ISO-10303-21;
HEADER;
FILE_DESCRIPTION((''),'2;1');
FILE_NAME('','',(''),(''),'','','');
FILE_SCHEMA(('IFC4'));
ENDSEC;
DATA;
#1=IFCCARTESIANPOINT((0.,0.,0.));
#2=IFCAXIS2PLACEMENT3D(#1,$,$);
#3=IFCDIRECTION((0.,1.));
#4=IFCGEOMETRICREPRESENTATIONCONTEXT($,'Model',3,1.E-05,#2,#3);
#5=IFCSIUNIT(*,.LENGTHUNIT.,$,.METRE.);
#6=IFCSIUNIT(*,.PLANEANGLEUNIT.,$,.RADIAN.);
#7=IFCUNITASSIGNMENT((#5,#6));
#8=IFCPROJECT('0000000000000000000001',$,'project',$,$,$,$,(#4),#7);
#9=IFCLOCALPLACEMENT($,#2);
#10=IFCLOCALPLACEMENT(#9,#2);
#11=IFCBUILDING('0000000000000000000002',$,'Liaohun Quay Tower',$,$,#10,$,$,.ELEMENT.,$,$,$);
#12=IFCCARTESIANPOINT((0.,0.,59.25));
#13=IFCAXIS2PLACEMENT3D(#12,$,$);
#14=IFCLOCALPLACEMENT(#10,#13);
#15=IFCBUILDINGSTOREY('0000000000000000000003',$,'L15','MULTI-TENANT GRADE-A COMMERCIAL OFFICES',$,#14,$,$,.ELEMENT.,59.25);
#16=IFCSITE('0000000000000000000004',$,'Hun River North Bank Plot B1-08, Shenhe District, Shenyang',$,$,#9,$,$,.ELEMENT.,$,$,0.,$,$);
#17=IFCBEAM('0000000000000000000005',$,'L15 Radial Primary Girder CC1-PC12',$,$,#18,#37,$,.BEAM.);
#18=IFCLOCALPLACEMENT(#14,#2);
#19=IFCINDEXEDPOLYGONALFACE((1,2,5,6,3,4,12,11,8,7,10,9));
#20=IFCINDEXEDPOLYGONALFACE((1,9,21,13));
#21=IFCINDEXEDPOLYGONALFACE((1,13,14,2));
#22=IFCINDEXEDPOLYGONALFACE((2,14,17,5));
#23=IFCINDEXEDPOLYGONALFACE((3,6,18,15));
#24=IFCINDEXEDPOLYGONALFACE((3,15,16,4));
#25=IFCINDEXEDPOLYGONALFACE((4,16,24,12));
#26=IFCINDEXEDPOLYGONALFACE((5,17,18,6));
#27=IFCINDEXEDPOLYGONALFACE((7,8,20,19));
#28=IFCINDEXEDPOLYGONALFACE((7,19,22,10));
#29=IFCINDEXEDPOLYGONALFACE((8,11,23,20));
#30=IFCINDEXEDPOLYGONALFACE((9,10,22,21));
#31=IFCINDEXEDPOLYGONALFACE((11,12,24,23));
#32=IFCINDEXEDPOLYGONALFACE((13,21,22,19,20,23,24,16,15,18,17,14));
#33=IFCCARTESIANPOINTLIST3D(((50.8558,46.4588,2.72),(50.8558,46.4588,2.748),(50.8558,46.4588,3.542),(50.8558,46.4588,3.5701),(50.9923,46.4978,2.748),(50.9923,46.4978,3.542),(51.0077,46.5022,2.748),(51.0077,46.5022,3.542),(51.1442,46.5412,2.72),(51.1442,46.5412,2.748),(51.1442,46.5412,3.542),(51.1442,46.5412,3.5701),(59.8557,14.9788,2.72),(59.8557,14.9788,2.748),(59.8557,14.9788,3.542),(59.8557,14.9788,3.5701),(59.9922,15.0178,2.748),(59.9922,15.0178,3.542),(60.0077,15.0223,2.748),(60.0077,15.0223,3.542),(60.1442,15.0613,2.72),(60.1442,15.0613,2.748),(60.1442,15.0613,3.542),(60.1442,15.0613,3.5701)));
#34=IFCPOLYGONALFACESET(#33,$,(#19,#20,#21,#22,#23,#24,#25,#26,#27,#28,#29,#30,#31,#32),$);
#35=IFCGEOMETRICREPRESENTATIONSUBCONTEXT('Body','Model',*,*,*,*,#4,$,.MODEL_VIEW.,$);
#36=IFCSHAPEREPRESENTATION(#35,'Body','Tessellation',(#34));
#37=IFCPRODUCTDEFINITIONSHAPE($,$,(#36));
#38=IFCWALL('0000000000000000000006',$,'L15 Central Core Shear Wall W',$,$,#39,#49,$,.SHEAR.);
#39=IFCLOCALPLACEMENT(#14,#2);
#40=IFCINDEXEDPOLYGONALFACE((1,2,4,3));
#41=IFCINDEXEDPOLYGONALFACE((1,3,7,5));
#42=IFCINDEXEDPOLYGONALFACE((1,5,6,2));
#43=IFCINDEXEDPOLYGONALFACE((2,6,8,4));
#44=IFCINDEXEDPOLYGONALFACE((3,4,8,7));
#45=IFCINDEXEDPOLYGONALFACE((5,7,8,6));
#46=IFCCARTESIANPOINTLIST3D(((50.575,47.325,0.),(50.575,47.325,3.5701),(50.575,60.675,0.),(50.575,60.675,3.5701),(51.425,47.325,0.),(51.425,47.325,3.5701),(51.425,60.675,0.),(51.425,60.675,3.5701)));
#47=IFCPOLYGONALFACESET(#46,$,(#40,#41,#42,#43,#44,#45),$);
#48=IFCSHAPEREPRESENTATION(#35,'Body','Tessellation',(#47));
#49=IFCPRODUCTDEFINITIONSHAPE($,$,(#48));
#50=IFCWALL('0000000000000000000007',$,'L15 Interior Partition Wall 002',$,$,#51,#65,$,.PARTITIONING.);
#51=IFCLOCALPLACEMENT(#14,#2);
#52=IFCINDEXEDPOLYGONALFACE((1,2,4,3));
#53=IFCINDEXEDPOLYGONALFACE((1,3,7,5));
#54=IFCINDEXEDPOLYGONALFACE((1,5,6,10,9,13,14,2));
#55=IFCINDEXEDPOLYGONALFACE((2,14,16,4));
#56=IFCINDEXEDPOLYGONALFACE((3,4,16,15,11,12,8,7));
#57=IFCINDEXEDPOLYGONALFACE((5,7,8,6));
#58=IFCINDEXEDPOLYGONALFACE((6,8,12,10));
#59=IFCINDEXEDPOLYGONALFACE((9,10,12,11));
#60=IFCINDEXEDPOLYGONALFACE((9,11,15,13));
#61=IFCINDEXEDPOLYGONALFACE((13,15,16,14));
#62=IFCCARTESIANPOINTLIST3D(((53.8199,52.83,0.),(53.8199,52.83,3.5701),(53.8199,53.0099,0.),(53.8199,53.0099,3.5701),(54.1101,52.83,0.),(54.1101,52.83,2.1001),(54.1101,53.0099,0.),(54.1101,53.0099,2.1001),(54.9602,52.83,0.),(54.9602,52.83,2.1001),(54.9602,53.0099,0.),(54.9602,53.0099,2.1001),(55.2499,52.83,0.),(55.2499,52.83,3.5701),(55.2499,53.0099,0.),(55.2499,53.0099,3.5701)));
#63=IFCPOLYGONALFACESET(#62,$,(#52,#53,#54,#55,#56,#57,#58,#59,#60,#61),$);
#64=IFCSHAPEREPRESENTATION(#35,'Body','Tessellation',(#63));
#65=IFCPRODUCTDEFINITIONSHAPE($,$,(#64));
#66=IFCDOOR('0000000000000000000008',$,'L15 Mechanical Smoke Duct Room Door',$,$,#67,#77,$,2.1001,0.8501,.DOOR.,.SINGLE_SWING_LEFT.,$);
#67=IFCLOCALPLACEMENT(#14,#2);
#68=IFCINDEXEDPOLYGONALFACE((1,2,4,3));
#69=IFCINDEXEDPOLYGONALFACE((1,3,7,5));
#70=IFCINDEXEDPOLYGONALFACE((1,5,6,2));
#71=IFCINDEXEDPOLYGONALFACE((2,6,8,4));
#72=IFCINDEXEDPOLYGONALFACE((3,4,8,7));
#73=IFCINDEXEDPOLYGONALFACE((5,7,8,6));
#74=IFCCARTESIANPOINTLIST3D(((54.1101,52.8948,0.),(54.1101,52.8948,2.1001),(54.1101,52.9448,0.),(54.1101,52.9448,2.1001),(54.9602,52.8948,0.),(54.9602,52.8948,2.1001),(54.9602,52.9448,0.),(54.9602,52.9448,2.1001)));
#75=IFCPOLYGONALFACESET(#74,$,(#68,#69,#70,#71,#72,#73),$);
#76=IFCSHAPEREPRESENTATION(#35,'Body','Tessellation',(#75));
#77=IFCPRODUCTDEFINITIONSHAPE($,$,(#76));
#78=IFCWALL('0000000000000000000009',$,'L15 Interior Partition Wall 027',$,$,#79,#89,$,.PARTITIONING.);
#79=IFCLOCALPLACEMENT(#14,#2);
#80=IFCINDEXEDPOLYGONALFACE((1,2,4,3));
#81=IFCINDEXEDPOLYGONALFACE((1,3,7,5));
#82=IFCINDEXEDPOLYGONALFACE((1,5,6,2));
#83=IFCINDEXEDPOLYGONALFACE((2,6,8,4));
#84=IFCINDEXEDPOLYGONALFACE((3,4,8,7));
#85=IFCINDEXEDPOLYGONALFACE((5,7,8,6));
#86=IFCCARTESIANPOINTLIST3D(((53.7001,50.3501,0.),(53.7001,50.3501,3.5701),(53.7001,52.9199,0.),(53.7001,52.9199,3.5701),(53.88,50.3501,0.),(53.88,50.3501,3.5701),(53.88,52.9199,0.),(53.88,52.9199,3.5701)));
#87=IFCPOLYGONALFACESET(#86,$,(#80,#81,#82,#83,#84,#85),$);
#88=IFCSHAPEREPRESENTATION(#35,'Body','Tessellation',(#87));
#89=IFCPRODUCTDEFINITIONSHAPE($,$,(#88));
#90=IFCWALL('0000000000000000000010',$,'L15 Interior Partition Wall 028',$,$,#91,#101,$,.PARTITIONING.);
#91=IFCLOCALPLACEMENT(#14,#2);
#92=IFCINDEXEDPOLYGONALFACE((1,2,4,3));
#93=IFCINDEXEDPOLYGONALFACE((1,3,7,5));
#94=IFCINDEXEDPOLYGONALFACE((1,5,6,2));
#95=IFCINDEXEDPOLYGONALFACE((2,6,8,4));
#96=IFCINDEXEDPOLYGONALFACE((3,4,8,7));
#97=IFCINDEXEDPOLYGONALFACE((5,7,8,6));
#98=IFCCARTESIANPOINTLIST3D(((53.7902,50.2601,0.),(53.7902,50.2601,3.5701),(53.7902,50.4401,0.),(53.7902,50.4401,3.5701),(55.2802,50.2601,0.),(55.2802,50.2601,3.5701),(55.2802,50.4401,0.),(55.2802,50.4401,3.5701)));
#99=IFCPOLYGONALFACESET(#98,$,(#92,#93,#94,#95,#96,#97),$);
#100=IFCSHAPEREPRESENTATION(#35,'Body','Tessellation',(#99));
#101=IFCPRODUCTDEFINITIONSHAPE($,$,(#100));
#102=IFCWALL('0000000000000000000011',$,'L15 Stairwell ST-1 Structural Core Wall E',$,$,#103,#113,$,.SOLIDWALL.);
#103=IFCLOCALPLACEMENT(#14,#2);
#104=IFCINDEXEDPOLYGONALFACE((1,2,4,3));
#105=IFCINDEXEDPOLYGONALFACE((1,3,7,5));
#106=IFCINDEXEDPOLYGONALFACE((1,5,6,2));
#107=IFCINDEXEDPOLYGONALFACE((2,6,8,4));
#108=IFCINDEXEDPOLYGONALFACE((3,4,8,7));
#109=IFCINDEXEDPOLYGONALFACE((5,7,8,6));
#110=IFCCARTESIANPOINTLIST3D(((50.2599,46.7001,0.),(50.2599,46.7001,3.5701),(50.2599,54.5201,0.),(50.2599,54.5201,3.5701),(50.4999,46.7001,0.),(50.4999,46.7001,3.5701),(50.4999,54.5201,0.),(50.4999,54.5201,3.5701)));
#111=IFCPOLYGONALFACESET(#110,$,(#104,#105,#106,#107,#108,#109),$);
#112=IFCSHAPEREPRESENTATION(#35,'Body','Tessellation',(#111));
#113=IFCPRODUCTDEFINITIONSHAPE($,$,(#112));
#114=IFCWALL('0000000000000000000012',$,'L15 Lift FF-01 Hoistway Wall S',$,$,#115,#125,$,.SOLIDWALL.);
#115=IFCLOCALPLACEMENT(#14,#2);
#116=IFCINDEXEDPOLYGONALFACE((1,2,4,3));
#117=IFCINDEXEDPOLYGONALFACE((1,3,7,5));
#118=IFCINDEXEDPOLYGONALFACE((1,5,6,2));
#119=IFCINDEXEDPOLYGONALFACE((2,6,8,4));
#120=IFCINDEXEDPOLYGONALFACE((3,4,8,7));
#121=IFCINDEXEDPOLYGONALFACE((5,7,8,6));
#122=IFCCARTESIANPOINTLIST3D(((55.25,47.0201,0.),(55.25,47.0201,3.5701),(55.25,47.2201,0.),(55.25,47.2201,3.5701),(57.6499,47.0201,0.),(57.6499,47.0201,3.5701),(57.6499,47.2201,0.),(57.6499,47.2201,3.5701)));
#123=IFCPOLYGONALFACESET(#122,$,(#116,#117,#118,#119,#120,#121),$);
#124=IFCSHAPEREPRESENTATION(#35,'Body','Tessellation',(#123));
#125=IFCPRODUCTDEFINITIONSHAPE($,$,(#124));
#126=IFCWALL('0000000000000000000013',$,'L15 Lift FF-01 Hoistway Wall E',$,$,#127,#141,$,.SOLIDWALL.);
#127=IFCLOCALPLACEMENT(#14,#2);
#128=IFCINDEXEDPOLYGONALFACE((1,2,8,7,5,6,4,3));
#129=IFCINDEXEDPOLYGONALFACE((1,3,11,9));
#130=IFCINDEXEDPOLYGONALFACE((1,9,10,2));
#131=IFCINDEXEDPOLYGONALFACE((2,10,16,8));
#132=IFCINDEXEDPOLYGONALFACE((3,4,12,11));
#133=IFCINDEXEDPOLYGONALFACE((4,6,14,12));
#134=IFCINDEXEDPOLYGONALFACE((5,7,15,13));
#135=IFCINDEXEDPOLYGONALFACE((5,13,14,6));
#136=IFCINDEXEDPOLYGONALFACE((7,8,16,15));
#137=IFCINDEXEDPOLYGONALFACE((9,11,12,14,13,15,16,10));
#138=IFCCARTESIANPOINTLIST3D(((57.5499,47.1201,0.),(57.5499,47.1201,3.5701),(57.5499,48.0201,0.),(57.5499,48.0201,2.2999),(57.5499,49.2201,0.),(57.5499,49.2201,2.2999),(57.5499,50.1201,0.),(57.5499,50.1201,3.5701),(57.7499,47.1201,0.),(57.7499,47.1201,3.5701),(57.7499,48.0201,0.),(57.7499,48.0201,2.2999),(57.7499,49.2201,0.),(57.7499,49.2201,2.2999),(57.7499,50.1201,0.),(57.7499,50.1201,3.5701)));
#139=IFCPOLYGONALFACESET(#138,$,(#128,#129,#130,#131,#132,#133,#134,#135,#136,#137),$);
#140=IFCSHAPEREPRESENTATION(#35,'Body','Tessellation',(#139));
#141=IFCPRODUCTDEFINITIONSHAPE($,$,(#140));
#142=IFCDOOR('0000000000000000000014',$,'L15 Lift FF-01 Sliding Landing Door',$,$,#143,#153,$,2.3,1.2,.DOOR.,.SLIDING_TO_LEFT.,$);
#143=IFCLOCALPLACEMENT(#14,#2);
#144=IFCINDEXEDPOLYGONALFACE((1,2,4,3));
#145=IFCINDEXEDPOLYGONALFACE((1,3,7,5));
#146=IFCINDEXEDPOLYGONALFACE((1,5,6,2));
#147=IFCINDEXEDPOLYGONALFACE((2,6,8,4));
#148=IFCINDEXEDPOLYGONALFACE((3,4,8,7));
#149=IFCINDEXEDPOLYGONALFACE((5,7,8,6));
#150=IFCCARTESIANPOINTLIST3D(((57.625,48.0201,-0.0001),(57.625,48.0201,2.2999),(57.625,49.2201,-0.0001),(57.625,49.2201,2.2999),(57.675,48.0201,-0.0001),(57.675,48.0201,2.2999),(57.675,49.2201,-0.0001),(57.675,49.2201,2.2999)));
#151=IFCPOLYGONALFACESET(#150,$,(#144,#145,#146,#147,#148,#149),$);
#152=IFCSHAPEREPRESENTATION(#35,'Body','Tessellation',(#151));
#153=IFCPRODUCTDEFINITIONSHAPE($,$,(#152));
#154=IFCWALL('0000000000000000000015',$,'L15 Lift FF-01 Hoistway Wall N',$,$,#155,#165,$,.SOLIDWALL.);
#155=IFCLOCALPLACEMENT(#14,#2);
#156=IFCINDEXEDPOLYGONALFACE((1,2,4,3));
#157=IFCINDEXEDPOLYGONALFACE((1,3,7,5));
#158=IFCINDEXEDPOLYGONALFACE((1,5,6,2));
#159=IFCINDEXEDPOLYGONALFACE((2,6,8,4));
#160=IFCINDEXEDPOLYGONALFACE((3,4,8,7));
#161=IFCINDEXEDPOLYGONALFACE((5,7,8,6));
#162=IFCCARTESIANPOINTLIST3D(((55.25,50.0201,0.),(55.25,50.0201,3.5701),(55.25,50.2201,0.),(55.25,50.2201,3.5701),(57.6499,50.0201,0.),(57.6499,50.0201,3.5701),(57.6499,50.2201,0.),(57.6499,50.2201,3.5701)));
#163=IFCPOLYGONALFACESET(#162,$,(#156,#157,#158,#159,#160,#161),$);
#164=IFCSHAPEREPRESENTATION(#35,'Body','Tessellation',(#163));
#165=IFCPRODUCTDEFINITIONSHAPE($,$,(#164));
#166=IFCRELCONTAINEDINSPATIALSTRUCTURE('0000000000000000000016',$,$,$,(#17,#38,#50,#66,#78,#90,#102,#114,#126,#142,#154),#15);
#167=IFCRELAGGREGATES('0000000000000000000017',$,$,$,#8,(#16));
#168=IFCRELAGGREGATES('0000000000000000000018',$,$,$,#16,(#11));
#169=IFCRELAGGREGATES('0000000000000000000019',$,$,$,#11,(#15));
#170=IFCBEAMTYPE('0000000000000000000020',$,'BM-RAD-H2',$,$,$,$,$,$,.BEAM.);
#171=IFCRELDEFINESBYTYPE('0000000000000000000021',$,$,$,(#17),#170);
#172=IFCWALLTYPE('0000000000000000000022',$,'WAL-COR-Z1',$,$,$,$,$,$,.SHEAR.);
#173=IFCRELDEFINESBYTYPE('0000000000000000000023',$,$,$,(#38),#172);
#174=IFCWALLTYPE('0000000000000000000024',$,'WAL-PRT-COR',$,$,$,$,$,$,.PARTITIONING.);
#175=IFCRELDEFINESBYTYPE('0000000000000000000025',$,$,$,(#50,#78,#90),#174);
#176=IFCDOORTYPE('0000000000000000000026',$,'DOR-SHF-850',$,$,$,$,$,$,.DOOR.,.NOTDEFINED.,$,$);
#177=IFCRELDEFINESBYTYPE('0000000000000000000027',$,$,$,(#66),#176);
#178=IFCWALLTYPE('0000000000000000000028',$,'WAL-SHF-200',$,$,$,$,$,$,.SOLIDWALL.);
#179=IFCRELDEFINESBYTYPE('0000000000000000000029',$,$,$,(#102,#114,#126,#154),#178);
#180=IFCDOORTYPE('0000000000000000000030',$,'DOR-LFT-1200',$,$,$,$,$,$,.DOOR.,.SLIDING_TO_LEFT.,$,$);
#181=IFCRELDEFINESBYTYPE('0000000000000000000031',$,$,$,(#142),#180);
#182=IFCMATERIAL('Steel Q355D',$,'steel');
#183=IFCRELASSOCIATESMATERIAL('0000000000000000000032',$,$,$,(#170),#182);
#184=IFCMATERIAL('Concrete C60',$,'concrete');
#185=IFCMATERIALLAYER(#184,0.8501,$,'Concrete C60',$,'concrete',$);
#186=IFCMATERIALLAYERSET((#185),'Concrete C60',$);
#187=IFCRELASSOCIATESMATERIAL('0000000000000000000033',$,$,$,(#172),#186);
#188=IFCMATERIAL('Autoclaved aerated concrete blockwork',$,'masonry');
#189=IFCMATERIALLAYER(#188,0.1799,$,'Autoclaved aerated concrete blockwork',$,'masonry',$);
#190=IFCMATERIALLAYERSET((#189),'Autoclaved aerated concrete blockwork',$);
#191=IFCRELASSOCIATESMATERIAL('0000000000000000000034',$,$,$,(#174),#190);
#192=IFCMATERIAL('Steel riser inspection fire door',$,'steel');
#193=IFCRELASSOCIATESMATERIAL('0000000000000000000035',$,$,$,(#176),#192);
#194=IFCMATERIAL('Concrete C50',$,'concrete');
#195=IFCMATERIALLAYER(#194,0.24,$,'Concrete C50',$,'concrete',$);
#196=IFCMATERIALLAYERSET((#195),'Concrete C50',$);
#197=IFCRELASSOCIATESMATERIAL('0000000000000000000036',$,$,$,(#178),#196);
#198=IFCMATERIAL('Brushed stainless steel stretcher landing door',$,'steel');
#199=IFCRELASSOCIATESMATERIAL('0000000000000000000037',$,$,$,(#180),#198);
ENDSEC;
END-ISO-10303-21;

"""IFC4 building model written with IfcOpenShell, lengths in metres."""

from ifc_helpers import new_model, si_unit, direction, frame, frame_2d, origin, origin_2d, place, context, subcontext, project, spatial, rectangle, i_section, extrude, source, transform, mapped, material, layer, layer_set, material_profile, profile_set, type_object, element, fill, save


model = new_model("IFC4")

# Units and contexts
model_context = context("Model", 3, precision=1e-05, world=origin(), true_north=direction((0.0, 1.0)))
body_context = subcontext(model_context, "Body", "Model", "MODEL_VIEW")
ifc_project = project(units=[si_unit("LENGTHUNIT", "METRE"), si_unit("PLANEANGLEUNIT", "RADIAN")], contexts=[model_context])

# Site, building, storey
site_placement = place(None, origin())
site = spatial("IfcSite", under=ifc_project, at=site_placement, Name="Hun River North Bank Plot B1-08, Shenhe District, Shenyang", CompositionType="ELEMENT", RefElevation=0.0)
building_placement = place(site_placement, origin())
building = spatial("IfcBuilding", under=site, at=building_placement, Name="Liaohun Quay Tower", CompositionType="ELEMENT")
storey_placement = place(building_placement, frame((0.0, 0.0, 59.25)))
storey = spatial("IfcBuildingStorey", under=building, at=storey_placement, Name="L15", Description="MULTI-TENANT GRADE-A COMMERCIAL OFFICES", CompositionType="ELEMENT", Elevation=59.25)

# Beam
ifc_material_1 = material(Name="Steel Q355D", Category="steel")
ifc_material_profile = material_profile(ifc_material_1, i_section(OverallWidth=0.3, OverallDepth=0.8501, WebThickness=0.0161, FlangeThickness=0.0281, at=origin_2d()), Name="HN850x300x16x28")
ifc_profile_set = profile_set([ifc_material_profile], Name="Steel Q355D")
beam_type = type_object("IfcBeamType", Name="BM-RAD-H2", PredefinedType="BEAM", material=ifc_profile_set)
shared_shape_1 = source(origin(), body_context, "Body", "SweptSolid", [
    extrude(i_section(OverallWidth=0.3, OverallDepth=0.8501, WebThickness=0.0161, FlangeThickness=0.0281, at=origin_2d()), origin(), (0.0, 0.0, 1.0), 32.7412),
])
beam_placement = place(storey_placement, frame((51.0, 46.5, 3.145), z_axis=(0.274883, -0.961478, 0.0), x_axis=(0.961478, 0.274883, 0.0)))
element("IfcBeam", 1, at=beam_placement, inside=storey, type_object=beam_type, Name="L15 Radial Primary Girder CC1-PC12", PredefinedType="BEAM", context=body_context, shape_type="MappedRepresentation", body=[
    mapped(shared_shape_1, transform((0.0, 0.0, 0.0), x_axis=(1.0, 0.0, 0.0), y_axis=(0.0, 1.0, 0.0), z_axis=(0.0, 0.0, 1.0), scale=1.0)),
])

# Wall
ifc_material_2 = material(Name="Concrete C60", Category="concrete")
ifc_layer_1 = layer(ifc_material_2, 0.8501, Name="Concrete C60", Category="concrete")
ifc_layer_set_1 = layer_set([ifc_layer_1], Name="Concrete C60")
wall_type_1 = type_object("IfcWallType", Name="WAL-COR-Z1", PredefinedType="SHEAR", material=ifc_layer_set_1)
wall_1_placement = place(storey_placement, frame((51.0, 47.325, 0.0), z_axis=(0.0, 0.0, 1.0), x_axis=(0.0, 1.0, 0.0)))
element("IfcWall", 2, at=wall_1_placement, inside=storey, type_object=wall_type_1, Name="L15 Central Core Shear Wall W", PredefinedType="SHEAR", context=body_context, shape_type="SweptSolid", body=[
    extrude(rectangle(XDim=13.3501, YDim=0.8501, at=frame_2d((6.675, 0.0))), origin(), (0.0, 0.0, 1.0), 3.5701),
])

# Wall, opening, door
ifc_material_3 = material(Name="Autoclaved aerated concrete blockwork", Category="masonry")
ifc_layer_2 = layer(ifc_material_3, 0.1799, Name="Autoclaved aerated concrete blockwork", Category="masonry")
ifc_layer_set_2 = layer_set([ifc_layer_2], Name="Autoclaved aerated concrete blockwork")
wall_type_2 = type_object("IfcWallType", Name="WAL-PRT-COR", PredefinedType="PARTITIONING", material=ifc_layer_set_2)
wall_2_placement = place(storey_placement, frame((53.8201, 52.9199, 0.0), z_axis=(0.0, 0.0, 1.0), x_axis=(1.0, 0.0, 0.0)))
wall_2 = element("IfcWall", 3, at=wall_2_placement, inside=storey, type_object=wall_type_2, Name="L15 Interior Partition Wall 002", PredefinedType="PARTITIONING", context=body_context, shape_type="SweptSolid", body=[
    extrude(rectangle(XDim=1.4299, YDim=0.1799, at=frame_2d((0.7148, 0.0))), origin(), (0.0, 0.0, 1.0), 3.5701),
])
shared_shape_2 = source(origin(), body_context, "Body", "SweptSolid", [
    extrude(rectangle(XDim=0.8501, YDim=2.1001, at=frame_2d((0.425, 1.05))), frame((0.0, 0.0999, 0.0), z_axis=(0.0, -1.0, 0.0), x_axis=(1.0, 0.0, 0.0)), (0.0, 0.0, 1.0), 0.2),
])
opening_1_placement = place(wall_2_placement, frame((0.29, 0.0, 0.0)))
opening_1 = element("IfcOpeningElement", 4, at=opening_1_placement, cuts=wall_2, PredefinedType="OPENING", context=body_context, shape_type="MappedRepresentation", body=[
    mapped(shared_shape_2, transform((0.0, 0.0, 0.0), x_axis=(1.0, 0.0, 0.0), y_axis=(0.0, 1.0, 0.0), z_axis=(0.0, 0.0, 1.0), scale=1.0)),
])
ifc_material_4 = material(Name="Steel riser inspection fire door", Category="steel")
door_type_1 = type_object("IfcDoorType", Name="DOR-SHF-850", OperationType="NOTDEFINED", PredefinedType="DOOR", material=ifc_material_4)
shared_shape_3 = source(origin(), body_context, "Body", "SweptSolid", [
    extrude(rectangle(XDim=0.8501, YDim=2.1001, at=frame_2d((0.425, 1.05))), frame((0.0, 0.0249, 0.0), z_axis=(0.0, -1.0, 0.0), x_axis=(1.0, 0.0, 0.0)), (0.0, 0.0, 1.0), 0.05),
])
door_1_placement = place(opening_1_placement, origin())
door_1 = element("IfcDoor", 5, at=door_1_placement, inside=storey, type_object=door_type_1, Name="L15 Mechanical Smoke Duct Room Door", OperationType="SINGLE_SWING_LEFT", OverallHeight=2.1001, OverallWidth=0.8501, PredefinedType="DOOR", context=body_context, shape_type="MappedRepresentation", body=[
    mapped(shared_shape_3, transform((0.0, 0.0, 0.0), x_axis=(1.0, 0.0, 0.0), y_axis=(0.0, 1.0, 0.0), z_axis=(0.0, 0.0, 1.0), scale=1.0)),
])
fill(opening_1, door_1)

# Walls
wall_3_placement = place(storey_placement, frame((53.79, 50.3501, 0.0), z_axis=(0.0, 0.0, 1.0), x_axis=(0.0, 1.0, 0.0)))
element("IfcWall", 6, at=wall_3_placement, inside=storey, type_object=wall_type_2, Name="L15 Interior Partition Wall 027", PredefinedType="PARTITIONING", context=body_context, shape_type="SweptSolid", body=[
    extrude(rectangle(XDim=2.5698, YDim=0.1799, at=frame_2d((1.2849, 0.0))), origin(), (0.0, 0.0, 1.0), 3.5701),
])
wall_4_placement = place(storey_placement, frame((53.79, 50.3501, 0.0), z_axis=(0.0, 0.0, 1.0), x_axis=(1.0, 0.0, 0.0)))
element("IfcWall", 7, at=wall_4_placement, inside=storey, type_object=wall_type_2, Name="L15 Interior Partition Wall 028", PredefinedType="PARTITIONING", context=body_context, shape_type="SweptSolid", body=[
    extrude(rectangle(XDim=1.49, YDim=0.1799, at=frame_2d((0.7451, 0.0))), origin(), (0.0, 0.0, 1.0), 3.5701),
])
ifc_material_5 = material(Name="Concrete C50", Category="concrete")
ifc_layer_3 = layer(ifc_material_5, 0.24, Name="Concrete C50", Category="concrete")
ifc_layer_set_3 = layer_set([ifc_layer_3], Name="Concrete C50")
wall_type_3 = type_object("IfcWallType", Name="WAL-SHF-200", PredefinedType="SOLIDWALL", material=ifc_layer_set_3)
wall_5_placement = place(storey_placement, frame((50.3799, 46.7, 0.0), z_axis=(0.0, 0.0, 1.0), x_axis=(0.0, 1.0, 0.0)))
element("IfcWall", 8, at=wall_5_placement, inside=storey, type_object=wall_type_3, Name="L15 Stairwell ST-1 Structural Core Wall E", PredefinedType="SOLIDWALL", context=body_context, shape_type="SweptSolid", body=[
    extrude(rectangle(XDim=7.8201, YDim=0.24, at=frame_2d((3.9102, 0.0))), origin(), (0.0, 0.0, 1.0), 3.5701),
])
wall_6_placement = place(storey_placement, frame((55.25, 47.1201, 0.0), z_axis=(0.0, 0.0, 1.0), x_axis=(1.0, 0.0, 0.0)))
element("IfcWall", 9, at=wall_6_placement, inside=storey, type_object=wall_type_3, Name="L15 Lift FF-01 Hoistway Wall S", PredefinedType="SOLIDWALL", context=body_context, shape_type="SweptSolid", body=[
    extrude(rectangle(XDim=2.3999, YDim=0.2, at=frame_2d((1.2, 0.0))), origin(), (0.0, 0.0, 1.0), 3.5701),
])

# Wall, opening, door
wall_7_placement = place(storey_placement, frame((57.6499, 47.1201, 0.0), z_axis=(0.0, 0.0, 1.0), x_axis=(0.0, 1.0, 0.0)))
wall_7 = element("IfcWall", 10, at=wall_7_placement, inside=storey, type_object=wall_type_3, Name="L15 Lift FF-01 Hoistway Wall E", PredefinedType="SOLIDWALL", context=body_context, shape_type="SweptSolid", body=[
    extrude(rectangle(XDim=3.0, YDim=0.2, at=frame_2d((1.5, 0.0))), origin(), (0.0, 0.0, 1.0), 3.5701),
])
shared_shape_4 = source(origin(), body_context, "Body", "SweptSolid", [
    extrude(rectangle(XDim=1.2, YDim=2.3, at=frame_2d((0.6001, 1.1499))), frame((0.0, 0.1099, 0.0), z_axis=(0.0, -1.0, 0.0), x_axis=(1.0, 0.0, 0.0)), (0.0, 0.0, 1.0), 0.22),
])
opening_2_placement = place(wall_7_placement, frame((0.8999, 0.0, 0.0)))
opening_2 = element("IfcOpeningElement", 11, at=opening_2_placement, cuts=wall_7, PredefinedType="OPENING", context=body_context, shape_type="MappedRepresentation", body=[
    mapped(shared_shape_4, transform((0.0, 0.0, 0.0), x_axis=(1.0, 0.0, 0.0), y_axis=(0.0, 1.0, 0.0), z_axis=(0.0, 0.0, 1.0), scale=1.0)),
])
ifc_material_6 = material(Name="Brushed stainless steel stretcher landing door", Category="steel")
door_type_2 = type_object("IfcDoorType", Name="DOR-LFT-1200", OperationType="SLIDING_TO_LEFT", PredefinedType="DOOR", material=ifc_material_6)
shared_shape_5 = source(origin(), body_context, "Body", "SweptSolid", [
    extrude(rectangle(XDim=1.2, YDim=2.3, at=frame_2d((0.6001, 1.1499))), frame((0.0, 0.0249, 0.0), z_axis=(0.0, -1.0, 0.0), x_axis=(1.0, 0.0, 0.0)), (0.0, 0.0, 1.0), 0.05),
])
door_2_placement = place(opening_2_placement, origin())
door_2 = element("IfcDoor", 12, at=door_2_placement, inside=storey, type_object=door_type_2, Name="L15 Lift FF-01 Sliding Landing Door", OperationType="SLIDING_TO_LEFT", OverallHeight=2.3, OverallWidth=1.2, PredefinedType="DOOR", context=body_context, shape_type="MappedRepresentation", body=[
    mapped(shared_shape_5, transform((0.0, 0.0, 0.0), x_axis=(1.0, 0.0, 0.0), y_axis=(0.0, 1.0, 0.0), z_axis=(0.0, 0.0, 1.0), scale=1.0)),
])
fill(opening_2, door_2)

# Wall
wall_8_placement = place(storey_placement, frame((57.6499, 50.1201, 0.0), z_axis=(0.0, 0.0, 1.0), x_axis=(-1.0, 0.0, 0.0)))
element("IfcWall", 13, at=wall_8_placement, inside=storey, type_object=wall_type_3, Name="L15 Lift FF-01 Hoistway Wall N", PredefinedType="SOLIDWALL", context=body_context, shape_type="SweptSolid", body=[
    extrude(rectangle(XDim=2.3999, YDim=0.2, at=frame_2d((1.2, 0.0))), origin(), (0.0, 0.0, 1.0), 3.5701),
])

save(model, "model.ifc")
